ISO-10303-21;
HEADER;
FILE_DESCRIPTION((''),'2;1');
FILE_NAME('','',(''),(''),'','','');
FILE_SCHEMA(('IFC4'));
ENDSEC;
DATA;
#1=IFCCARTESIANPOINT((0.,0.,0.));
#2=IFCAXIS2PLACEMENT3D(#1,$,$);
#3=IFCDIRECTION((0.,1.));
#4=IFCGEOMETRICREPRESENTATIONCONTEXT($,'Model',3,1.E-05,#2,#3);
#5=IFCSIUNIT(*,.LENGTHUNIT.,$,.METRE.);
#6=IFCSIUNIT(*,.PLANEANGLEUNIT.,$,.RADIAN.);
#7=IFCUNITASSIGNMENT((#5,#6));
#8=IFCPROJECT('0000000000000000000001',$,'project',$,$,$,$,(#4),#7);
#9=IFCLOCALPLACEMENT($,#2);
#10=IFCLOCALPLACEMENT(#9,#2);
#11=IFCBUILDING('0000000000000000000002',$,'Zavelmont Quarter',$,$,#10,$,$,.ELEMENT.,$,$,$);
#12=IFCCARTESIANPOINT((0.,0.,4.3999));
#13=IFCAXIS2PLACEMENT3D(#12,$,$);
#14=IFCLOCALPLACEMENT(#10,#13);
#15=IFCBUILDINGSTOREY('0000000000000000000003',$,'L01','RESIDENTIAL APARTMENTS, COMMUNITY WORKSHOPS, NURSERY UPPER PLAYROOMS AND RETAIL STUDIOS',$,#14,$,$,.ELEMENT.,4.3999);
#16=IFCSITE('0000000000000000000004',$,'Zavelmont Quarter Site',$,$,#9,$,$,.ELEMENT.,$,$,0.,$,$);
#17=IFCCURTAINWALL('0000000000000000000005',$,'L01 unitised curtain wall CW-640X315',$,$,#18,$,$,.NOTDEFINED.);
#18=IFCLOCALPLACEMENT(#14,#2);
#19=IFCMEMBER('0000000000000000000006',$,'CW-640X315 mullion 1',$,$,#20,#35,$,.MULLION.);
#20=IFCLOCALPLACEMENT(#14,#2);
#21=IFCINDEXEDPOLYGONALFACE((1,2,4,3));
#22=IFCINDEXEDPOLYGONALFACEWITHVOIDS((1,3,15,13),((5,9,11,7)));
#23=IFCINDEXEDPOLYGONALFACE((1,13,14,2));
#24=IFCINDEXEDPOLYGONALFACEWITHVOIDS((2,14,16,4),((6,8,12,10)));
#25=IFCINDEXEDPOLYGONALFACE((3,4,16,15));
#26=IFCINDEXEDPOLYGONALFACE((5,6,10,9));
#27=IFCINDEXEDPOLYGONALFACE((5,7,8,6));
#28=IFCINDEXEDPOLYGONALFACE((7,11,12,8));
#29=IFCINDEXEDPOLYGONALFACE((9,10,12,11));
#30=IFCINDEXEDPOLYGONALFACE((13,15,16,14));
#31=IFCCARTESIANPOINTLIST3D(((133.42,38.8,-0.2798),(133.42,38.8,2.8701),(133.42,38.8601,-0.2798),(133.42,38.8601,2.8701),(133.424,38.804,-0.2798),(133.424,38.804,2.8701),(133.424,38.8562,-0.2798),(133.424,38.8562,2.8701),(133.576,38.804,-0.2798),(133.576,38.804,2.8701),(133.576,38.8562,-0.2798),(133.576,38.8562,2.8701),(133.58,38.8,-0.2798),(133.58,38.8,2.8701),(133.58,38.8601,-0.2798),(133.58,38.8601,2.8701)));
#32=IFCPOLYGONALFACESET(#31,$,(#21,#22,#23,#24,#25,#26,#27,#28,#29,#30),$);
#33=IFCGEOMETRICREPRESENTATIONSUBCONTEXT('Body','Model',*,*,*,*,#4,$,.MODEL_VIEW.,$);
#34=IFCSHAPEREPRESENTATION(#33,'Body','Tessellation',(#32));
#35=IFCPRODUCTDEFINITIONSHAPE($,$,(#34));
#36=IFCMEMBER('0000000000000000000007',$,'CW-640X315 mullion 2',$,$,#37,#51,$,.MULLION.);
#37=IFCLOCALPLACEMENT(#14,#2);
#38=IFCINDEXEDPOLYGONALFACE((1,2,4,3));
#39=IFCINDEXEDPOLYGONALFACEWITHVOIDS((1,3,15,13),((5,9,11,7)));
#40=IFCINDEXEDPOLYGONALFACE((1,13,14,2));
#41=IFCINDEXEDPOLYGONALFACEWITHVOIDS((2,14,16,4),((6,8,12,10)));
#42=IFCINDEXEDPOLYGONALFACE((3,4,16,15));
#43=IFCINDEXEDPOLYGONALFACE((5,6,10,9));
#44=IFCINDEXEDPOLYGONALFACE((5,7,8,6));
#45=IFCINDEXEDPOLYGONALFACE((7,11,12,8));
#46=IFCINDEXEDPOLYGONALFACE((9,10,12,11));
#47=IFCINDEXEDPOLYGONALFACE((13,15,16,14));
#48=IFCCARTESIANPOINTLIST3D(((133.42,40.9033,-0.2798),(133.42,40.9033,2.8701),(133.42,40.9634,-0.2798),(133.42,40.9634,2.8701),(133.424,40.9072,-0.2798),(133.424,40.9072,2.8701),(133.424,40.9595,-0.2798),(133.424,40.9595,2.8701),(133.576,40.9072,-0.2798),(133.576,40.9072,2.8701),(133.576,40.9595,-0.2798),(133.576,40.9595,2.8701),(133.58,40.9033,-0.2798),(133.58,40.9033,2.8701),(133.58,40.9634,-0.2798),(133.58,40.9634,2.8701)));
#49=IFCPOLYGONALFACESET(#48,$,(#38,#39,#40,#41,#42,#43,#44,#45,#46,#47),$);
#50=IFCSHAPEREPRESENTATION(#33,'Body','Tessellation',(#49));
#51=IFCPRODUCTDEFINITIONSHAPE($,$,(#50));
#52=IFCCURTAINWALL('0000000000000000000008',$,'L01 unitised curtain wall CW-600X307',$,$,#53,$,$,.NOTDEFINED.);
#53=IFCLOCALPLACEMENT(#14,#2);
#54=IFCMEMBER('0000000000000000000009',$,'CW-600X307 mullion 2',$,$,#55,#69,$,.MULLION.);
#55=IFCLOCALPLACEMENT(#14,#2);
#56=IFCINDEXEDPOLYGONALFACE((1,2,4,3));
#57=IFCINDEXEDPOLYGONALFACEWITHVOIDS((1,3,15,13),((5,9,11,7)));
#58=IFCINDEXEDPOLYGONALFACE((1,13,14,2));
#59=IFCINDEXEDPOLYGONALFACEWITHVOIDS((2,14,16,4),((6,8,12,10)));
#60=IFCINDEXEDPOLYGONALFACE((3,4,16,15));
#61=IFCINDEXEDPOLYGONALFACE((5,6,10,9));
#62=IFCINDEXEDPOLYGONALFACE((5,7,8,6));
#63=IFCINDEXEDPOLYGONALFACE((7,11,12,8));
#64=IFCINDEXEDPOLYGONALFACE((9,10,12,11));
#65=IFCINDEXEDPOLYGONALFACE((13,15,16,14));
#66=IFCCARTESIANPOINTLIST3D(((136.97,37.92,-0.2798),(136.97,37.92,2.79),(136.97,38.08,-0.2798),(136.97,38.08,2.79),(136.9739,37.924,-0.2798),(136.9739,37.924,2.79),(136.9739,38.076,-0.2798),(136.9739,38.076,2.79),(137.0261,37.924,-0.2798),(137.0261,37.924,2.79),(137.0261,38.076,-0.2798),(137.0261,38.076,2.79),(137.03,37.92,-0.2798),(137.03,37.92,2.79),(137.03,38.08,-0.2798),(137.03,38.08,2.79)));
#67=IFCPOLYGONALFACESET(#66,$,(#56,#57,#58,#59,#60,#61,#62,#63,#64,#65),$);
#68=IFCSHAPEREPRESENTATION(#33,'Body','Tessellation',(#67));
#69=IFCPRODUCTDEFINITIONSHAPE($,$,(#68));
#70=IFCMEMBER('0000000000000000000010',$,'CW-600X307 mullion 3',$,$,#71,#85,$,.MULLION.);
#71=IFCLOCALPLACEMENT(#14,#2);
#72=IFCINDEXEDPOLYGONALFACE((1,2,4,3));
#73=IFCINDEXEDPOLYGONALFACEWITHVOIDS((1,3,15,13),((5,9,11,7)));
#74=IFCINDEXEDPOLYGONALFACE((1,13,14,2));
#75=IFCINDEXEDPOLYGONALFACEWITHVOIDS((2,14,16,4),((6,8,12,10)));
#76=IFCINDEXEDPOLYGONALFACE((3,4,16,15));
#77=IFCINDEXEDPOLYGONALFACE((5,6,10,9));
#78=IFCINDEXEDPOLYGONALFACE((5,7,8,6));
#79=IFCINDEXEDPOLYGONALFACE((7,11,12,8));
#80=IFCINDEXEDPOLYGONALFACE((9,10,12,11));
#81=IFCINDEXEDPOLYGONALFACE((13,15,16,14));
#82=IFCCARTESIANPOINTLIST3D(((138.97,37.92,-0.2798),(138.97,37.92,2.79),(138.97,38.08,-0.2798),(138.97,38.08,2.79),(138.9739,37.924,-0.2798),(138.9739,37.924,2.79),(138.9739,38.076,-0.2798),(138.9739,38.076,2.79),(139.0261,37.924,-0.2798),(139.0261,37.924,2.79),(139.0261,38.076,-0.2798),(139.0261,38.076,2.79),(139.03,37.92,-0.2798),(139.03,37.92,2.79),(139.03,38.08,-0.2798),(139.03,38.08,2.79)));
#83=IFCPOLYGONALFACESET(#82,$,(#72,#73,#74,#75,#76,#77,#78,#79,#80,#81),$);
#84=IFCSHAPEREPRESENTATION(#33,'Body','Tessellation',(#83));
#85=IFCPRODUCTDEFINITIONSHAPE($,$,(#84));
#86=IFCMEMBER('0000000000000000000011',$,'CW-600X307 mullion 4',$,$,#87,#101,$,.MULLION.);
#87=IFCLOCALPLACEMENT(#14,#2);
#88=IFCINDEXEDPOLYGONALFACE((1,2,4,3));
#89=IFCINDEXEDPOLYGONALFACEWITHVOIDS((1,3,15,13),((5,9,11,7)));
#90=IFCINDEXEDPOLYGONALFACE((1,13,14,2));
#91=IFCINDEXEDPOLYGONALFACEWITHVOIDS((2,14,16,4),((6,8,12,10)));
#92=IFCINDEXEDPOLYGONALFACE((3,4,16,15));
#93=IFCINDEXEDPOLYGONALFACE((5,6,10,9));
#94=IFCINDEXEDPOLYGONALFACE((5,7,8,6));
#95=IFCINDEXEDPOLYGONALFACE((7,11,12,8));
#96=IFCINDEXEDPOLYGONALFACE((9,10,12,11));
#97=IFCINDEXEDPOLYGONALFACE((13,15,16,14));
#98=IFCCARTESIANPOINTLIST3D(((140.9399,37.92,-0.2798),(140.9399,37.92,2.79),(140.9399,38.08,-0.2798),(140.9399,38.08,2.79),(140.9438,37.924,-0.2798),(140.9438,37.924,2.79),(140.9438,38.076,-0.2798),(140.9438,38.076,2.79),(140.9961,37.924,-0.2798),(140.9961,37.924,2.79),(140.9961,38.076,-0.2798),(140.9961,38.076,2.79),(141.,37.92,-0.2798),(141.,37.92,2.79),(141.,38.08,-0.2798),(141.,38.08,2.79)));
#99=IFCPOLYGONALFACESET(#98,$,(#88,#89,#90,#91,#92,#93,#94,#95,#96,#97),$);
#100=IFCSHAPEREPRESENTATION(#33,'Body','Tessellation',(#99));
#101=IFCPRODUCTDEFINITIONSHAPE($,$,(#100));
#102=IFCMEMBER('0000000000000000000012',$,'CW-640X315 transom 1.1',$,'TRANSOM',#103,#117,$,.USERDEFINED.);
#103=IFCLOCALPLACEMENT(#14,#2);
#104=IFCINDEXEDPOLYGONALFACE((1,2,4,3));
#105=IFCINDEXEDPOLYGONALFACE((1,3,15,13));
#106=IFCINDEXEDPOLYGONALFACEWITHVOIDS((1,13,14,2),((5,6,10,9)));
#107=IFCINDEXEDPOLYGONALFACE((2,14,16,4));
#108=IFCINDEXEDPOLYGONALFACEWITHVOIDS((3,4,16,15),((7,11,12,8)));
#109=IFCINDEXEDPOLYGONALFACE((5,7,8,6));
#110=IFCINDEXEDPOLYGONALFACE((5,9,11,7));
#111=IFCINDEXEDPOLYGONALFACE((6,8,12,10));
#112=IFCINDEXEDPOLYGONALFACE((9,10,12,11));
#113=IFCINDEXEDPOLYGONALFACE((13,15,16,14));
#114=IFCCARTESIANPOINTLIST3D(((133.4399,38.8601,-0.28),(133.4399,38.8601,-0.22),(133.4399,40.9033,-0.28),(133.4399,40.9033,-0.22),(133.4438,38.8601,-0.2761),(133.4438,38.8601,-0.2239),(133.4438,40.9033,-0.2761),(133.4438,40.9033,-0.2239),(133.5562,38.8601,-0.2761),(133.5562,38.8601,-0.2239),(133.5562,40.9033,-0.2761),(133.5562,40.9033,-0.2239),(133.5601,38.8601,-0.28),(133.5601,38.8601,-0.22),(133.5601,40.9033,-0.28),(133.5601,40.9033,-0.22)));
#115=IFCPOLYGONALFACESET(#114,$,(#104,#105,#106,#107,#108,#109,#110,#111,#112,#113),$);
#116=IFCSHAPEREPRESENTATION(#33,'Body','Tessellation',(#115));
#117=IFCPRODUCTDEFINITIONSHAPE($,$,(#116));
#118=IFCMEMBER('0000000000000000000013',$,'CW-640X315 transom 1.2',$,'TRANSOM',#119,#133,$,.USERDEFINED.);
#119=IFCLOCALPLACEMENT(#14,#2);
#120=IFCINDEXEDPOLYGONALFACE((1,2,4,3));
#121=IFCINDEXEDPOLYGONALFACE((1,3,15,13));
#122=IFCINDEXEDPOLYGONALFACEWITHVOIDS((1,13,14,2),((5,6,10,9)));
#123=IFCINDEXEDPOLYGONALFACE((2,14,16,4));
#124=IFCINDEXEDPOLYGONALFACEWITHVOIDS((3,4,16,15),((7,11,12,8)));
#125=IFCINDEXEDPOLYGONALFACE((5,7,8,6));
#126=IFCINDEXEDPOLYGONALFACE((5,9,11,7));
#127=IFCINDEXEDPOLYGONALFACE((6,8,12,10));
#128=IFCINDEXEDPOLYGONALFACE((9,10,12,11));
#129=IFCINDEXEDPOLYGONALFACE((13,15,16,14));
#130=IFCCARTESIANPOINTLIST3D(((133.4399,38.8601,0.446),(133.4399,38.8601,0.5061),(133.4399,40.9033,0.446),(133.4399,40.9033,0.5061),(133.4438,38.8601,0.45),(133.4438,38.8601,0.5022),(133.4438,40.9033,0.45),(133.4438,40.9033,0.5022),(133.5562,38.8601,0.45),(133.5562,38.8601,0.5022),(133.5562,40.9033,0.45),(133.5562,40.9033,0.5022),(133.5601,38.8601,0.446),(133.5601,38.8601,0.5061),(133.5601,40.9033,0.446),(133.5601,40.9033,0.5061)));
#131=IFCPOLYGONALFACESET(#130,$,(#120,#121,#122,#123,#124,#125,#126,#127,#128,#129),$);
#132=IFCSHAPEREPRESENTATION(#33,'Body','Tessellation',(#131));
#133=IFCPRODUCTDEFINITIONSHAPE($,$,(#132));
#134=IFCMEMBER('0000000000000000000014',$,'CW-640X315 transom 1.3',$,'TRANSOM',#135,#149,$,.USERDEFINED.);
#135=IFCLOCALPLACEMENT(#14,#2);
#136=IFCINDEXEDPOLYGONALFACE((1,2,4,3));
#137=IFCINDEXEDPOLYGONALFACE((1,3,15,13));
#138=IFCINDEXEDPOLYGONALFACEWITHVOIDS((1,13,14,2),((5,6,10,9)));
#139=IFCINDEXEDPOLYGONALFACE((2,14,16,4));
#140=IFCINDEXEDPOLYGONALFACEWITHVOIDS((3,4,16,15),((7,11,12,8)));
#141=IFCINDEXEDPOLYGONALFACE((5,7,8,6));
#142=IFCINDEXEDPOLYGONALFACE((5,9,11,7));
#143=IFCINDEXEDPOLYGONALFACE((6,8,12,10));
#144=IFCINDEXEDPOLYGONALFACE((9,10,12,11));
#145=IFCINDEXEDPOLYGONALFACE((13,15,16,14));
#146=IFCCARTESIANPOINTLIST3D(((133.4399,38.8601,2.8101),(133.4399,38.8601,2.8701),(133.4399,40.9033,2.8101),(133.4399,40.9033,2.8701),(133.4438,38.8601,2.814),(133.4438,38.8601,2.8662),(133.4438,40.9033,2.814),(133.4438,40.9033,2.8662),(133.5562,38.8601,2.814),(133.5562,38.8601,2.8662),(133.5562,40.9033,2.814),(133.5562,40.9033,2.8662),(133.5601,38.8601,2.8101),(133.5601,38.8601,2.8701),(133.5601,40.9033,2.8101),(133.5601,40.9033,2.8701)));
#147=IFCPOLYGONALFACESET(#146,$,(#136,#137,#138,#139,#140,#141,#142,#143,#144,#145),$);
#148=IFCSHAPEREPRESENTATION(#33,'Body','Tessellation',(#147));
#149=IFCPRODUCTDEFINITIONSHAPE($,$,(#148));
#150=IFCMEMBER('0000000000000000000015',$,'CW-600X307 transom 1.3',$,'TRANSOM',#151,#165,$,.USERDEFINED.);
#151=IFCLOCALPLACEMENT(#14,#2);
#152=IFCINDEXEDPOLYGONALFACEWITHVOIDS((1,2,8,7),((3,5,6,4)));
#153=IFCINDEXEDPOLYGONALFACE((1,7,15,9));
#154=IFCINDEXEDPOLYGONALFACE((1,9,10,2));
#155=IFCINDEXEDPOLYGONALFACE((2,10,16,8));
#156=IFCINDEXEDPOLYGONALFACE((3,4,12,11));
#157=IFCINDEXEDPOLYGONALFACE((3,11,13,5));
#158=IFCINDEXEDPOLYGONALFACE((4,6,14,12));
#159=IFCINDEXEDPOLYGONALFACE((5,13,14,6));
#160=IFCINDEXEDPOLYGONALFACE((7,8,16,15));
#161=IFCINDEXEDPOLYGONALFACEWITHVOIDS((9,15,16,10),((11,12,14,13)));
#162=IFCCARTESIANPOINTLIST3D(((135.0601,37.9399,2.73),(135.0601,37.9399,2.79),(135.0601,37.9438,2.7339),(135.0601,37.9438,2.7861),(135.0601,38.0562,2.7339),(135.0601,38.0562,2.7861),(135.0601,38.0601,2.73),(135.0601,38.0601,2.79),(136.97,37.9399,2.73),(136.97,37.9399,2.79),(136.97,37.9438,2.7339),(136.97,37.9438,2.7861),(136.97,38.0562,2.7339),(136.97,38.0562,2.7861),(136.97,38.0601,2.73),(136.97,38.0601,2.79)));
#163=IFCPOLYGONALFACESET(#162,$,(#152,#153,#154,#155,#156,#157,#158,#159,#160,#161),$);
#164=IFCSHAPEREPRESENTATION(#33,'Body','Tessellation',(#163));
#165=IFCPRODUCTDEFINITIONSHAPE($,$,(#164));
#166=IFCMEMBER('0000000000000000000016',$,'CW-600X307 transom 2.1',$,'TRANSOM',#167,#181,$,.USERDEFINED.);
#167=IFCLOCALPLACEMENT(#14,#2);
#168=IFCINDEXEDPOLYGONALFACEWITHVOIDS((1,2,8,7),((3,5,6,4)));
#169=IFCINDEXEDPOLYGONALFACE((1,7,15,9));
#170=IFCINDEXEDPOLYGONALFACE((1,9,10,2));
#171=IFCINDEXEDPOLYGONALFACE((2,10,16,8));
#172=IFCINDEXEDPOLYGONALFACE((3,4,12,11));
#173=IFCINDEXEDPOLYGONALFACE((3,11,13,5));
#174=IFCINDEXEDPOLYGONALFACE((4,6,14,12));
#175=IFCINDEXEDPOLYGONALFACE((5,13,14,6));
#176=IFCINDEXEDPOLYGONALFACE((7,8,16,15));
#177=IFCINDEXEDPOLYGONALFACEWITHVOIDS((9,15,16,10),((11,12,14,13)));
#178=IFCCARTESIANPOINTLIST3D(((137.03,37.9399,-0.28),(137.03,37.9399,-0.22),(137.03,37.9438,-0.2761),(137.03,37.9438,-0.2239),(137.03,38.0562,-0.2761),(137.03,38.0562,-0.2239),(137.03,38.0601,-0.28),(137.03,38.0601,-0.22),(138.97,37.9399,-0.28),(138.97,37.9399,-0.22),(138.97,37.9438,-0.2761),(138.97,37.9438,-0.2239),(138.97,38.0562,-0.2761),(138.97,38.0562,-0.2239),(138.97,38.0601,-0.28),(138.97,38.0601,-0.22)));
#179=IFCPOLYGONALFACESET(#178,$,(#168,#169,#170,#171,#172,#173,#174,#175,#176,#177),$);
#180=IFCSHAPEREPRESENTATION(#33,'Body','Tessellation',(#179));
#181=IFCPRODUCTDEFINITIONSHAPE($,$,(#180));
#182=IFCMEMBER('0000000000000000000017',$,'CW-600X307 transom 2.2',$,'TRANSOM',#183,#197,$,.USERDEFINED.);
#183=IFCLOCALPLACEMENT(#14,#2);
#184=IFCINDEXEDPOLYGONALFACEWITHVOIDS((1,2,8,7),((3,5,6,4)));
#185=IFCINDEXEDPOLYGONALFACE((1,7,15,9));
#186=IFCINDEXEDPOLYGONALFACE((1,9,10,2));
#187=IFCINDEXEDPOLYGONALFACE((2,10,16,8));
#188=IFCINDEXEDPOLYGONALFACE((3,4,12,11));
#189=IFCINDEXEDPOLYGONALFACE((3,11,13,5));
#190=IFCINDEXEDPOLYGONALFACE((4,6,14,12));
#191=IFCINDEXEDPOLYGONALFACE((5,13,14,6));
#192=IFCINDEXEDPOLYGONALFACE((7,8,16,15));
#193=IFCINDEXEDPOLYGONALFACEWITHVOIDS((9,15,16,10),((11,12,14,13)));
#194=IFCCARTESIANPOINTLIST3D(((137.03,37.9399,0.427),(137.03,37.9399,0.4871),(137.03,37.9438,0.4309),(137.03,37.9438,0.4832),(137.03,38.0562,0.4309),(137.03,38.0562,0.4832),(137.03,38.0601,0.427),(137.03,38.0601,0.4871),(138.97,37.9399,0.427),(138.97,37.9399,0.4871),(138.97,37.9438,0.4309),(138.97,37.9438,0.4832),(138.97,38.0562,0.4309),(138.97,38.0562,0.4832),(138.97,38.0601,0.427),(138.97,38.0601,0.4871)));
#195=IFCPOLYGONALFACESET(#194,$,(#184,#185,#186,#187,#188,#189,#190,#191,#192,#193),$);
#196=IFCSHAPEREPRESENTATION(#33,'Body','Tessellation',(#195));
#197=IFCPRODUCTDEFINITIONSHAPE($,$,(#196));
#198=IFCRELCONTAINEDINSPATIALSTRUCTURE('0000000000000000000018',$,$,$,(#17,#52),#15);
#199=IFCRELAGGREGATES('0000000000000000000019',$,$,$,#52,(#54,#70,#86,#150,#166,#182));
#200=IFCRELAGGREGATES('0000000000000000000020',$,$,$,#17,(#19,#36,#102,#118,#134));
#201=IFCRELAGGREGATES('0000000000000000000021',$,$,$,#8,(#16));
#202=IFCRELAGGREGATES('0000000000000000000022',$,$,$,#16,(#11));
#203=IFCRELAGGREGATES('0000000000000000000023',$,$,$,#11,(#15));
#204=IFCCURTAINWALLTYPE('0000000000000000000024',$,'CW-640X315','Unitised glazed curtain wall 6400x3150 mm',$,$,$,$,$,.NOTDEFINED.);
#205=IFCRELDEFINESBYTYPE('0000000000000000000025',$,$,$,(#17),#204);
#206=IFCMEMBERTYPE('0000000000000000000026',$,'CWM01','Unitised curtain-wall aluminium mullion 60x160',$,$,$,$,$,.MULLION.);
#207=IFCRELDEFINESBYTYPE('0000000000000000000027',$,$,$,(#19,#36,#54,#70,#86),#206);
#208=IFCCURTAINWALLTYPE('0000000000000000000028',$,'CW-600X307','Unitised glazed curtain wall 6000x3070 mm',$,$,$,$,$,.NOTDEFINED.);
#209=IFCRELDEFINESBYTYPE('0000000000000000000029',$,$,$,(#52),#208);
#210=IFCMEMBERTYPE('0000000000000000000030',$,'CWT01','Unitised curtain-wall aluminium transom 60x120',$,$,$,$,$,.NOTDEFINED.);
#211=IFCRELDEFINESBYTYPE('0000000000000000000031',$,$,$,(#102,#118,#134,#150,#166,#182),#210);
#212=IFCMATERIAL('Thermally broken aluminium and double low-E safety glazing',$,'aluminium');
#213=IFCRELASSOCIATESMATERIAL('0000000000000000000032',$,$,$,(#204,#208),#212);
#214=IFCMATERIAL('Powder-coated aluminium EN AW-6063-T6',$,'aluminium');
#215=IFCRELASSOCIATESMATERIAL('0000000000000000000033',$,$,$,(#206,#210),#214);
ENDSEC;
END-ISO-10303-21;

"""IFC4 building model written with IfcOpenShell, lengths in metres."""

from ifc_helpers import new_model, si_unit, direction, frame, origin, origin_2d, place, context, subcontext, project, spatial, hollow_rectangle, extrude, material, material_profile, profile_set, type_object, element, aggregate, save


model = new_model("IFC4")

# Units and contexts
model_context = context("Model", 3, precision=1e-05, world=origin(), true_north=direction((0.0, 1.0)))
body_context = subcontext(model_context, "Body", "Model", "MODEL_VIEW")
ifc_project = project(units=[si_unit("LENGTHUNIT", "METRE"), si_unit("PLANEANGLEUNIT", "RADIAN")], contexts=[model_context])

# Site, building, storey
site_placement = place(None, origin())
site = spatial("IfcSite", under=ifc_project, at=site_placement, Name="Zavelmont Quarter Site", CompositionType="ELEMENT", RefElevation=0.0)
building_placement = place(site_placement, origin())
building = spatial("IfcBuilding", under=site, at=building_placement, Name="Zavelmont Quarter", CompositionType="ELEMENT")
storey_placement = place(building_placement, frame((0.0, 0.0, 4.3999)))
storey = spatial("IfcBuildingStorey", under=building, at=storey_placement, Name="L01", Description="RESIDENTIAL APARTMENTS, COMMUNITY WORKSHOPS, NURSERY UPPER PLAYROOMS AND RETAIL STUDIOS", CompositionType="ELEMENT", Elevation=4.3999)

# Curtain walls, members
ifc_material_1 = material(Name="Thermally broken aluminium and double low-E safety glazing", Category="aluminium")
curtain_wall_type_1 = type_object("IfcCurtainWallType", Name="CW-640X315", Description="Unitised glazed curtain wall 6400x3150 mm", PredefinedType="NOTDEFINED", material=ifc_material_1)
curtain_wall_1_placement = place(storey_placement, origin())
curtain_wall_1 = element("IfcCurtainWall", 1, at=curtain_wall_1_placement, inside=storey, type_object=curtain_wall_type_1, Name="L01 unitised curtain wall CW-640X315", PredefinedType="NOTDEFINED")
ifc_material_2 = material(Name="Powder-coated aluminium EN AW-6063-T6", Category="aluminium")
ifc_material_profile_1 = material_profile(ifc_material_2, hollow_rectangle(XDim=0.0601, YDim=0.1599, WallThickness=0.0039, at=origin_2d()), Name="CWM60X160")
ifc_profile_set_1 = profile_set([ifc_material_profile_1], Name="Powder-coated aluminium EN AW-6063-T6")
member_type_1 = type_object("IfcMemberType", Name="CWM01", Description="Unitised curtain-wall aluminium mullion 60x160", PredefinedType="MULLION", material=ifc_profile_set_1)
member_1_placement = place(storey_placement, frame((133.5, 38.8301, -0.2798), z_axis=(0.0, 0.0, 1.0), x_axis=(0.0, 1.0, 0.0)))
member_1 = element("IfcMember", 2, at=member_1_placement, type_object=member_type_1, Name="CW-640X315 mullion 1", PredefinedType="MULLION", context=body_context, shape_type="SweptSolid", body=[
    extrude(hollow_rectangle(XDim=0.0601, YDim=0.1599, WallThickness=0.0039, at=origin_2d()), origin(), (0.0, 0.0, 1.0), 3.1499),
])
member_2_placement = place(storey_placement, frame((133.5, 40.9333, -0.2798), z_axis=(0.0, 0.0, 1.0), x_axis=(0.0, 1.0, 0.0)))
member_2 = element("IfcMember", 3, at=member_2_placement, type_object=member_type_1, Name="CW-640X315 mullion 2", PredefinedType="MULLION", context=body_context, shape_type="SweptSolid", body=[
    extrude(hollow_rectangle(XDim=0.0601, YDim=0.1599, WallThickness=0.0039, at=origin_2d()), origin(), (0.0, 0.0, 1.0), 3.1499),
])
curtain_wall_type_2 = type_object("IfcCurtainWallType", Name="CW-600X307", Description="Unitised glazed curtain wall 6000x3070 mm", PredefinedType="NOTDEFINED", material=ifc_material_1)
curtain_wall_2_placement = place(storey_placement, origin())
curtain_wall_2 = element("IfcCurtainWall", 4, at=curtain_wall_2_placement, inside=storey, type_object=curtain_wall_type_2, Name="L01 unitised curtain wall CW-600X307", PredefinedType="NOTDEFINED")
member_3_placement = place(storey_placement, frame((137.0, 38.0, -0.2798), z_axis=(0.0, 0.0, 1.0), x_axis=(1.0, 0.0, 0.0)))
member_3 = element("IfcMember", 5, at=member_3_placement, type_object=member_type_1, Name="CW-600X307 mullion 2", PredefinedType="MULLION", context=body_context, shape_type="SweptSolid", body=[
    extrude(hollow_rectangle(XDim=0.0601, YDim=0.1599, WallThickness=0.0039, at=origin_2d()), origin(), (0.0, 0.0, 1.0), 3.0698),
])
member_4_placement = place(storey_placement, frame((139.0, 38.0, -0.2798), z_axis=(0.0, 0.0, 1.0), x_axis=(1.0, 0.0, 0.0)))
member_4 = element("IfcMember", 6, at=member_4_placement, type_object=member_type_1, Name="CW-600X307 mullion 3", PredefinedType="MULLION", context=body_context, shape_type="SweptSolid", body=[
    extrude(hollow_rectangle(XDim=0.0601, YDim=0.1599, WallThickness=0.0039, at=origin_2d()), origin(), (0.0, 0.0, 1.0), 3.0698),
])
member_5_placement = place(storey_placement, frame((140.97, 38.0, -0.2798), z_axis=(0.0, 0.0, 1.0), x_axis=(1.0, 0.0, 0.0)))
member_5 = element("IfcMember", 7, at=member_5_placement, type_object=member_type_1, Name="CW-600X307 mullion 4", PredefinedType="MULLION", context=body_context, shape_type="SweptSolid", body=[
    extrude(hollow_rectangle(XDim=0.0601, YDim=0.1599, WallThickness=0.0039, at=origin_2d()), origin(), (0.0, 0.0, 1.0), 3.0698),
])

# Members
ifc_material_profile_2 = material_profile(ifc_material_2, hollow_rectangle(XDim=0.1201, YDim=0.0601, WallThickness=0.0039, at=origin_2d()), Name="CWT60X120")
ifc_profile_set_2 = profile_set([ifc_material_profile_2], Name="Powder-coated aluminium EN AW-6063-T6")
member_type_2 = type_object("IfcMemberType", Name="CWT01", Description="Unitised curtain-wall aluminium transom 60x120", PredefinedType="NOTDEFINED", material=ifc_profile_set_2)
member_6_placement = place(storey_placement, frame((133.5, 38.8601, -0.25), z_axis=(0.0, 1.0, 0.0), x_axis=(-1.0, 0.0, 0.0)))
member_6 = element("IfcMember", 8, at=member_6_placement, type_object=member_type_2, Name="CW-640X315 transom 1.1", ObjectType="TRANSOM", PredefinedType="USERDEFINED", context=body_context, shape_type="SweptSolid", body=[
    extrude(hollow_rectangle(XDim=0.1201, YDim=0.0601, WallThickness=0.0039, at=origin_2d()), origin(), (0.0, 0.0, 1.0), 2.0432),
])
member_7_placement = place(storey_placement, frame((133.5, 38.8601, 0.4761), z_axis=(0.0, 1.0, 0.0), x_axis=(-1.0, 0.0, 0.0)))
member_7 = element("IfcMember", 9, at=member_7_placement, type_object=member_type_2, Name="CW-640X315 transom 1.2", ObjectType="TRANSOM", PredefinedType="USERDEFINED", context=body_context, shape_type="SweptSolid", body=[
    extrude(hollow_rectangle(XDim=0.1201, YDim=0.0601, WallThickness=0.0039, at=origin_2d()), origin(), (0.0, 0.0, 1.0), 2.0432),
])
member_8_placement = place(storey_placement, frame((133.5, 38.8601, 2.8401), z_axis=(0.0, 1.0, 0.0), x_axis=(-1.0, 0.0, 0.0)))
member_8 = element("IfcMember", 10, at=member_8_placement, type_object=member_type_2, Name="CW-640X315 transom 1.3", ObjectType="TRANSOM", PredefinedType="USERDEFINED", context=body_context, shape_type="SweptSolid", body=[
    extrude(hollow_rectangle(XDim=0.1201, YDim=0.0601, WallThickness=0.0039, at=origin_2d()), origin(), (0.0, 0.0, 1.0), 2.0432),
])
member_9_placement = place(storey_placement, frame((135.0601, 38.0, 2.76), z_axis=(1.0, 0.0, 0.0), x_axis=(0.0, 1.0, 0.0)))
member_9 = element("IfcMember", 11, at=member_9_placement, type_object=member_type_2, Name="CW-600X307 transom 1.3", ObjectType="TRANSOM", PredefinedType="USERDEFINED", context=body_context, shape_type="SweptSolid", body=[
    extrude(hollow_rectangle(XDim=0.1201, YDim=0.0601, WallThickness=0.0039, at=origin_2d()), origin(), (0.0, 0.0, 1.0), 1.9099),
])
member_10_placement = place(storey_placement, frame((137.03, 38.0, -0.25), z_axis=(1.0, 0.0, 0.0), x_axis=(0.0, 1.0, 0.0)))
member_10 = element("IfcMember", 12, at=member_10_placement, type_object=member_type_2, Name="CW-600X307 transom 2.1", ObjectType="TRANSOM", PredefinedType="USERDEFINED", context=body_context, shape_type="SweptSolid", body=[
    extrude(hollow_rectangle(XDim=0.1201, YDim=0.0601, WallThickness=0.0039, at=origin_2d()), origin(), (0.0, 0.0, 1.0), 1.9399),
])
member_11_placement = place(storey_placement, frame((137.03, 38.0, 0.457), z_axis=(1.0, 0.0, 0.0), x_axis=(0.0, 1.0, 0.0)))
member_11 = element("IfcMember", 13, at=member_11_placement, type_object=member_type_2, Name="CW-600X307 transom 2.2", ObjectType="TRANSOM", PredefinedType="USERDEFINED", context=body_context, shape_type="SweptSolid", body=[
    extrude(hollow_rectangle(XDim=0.1201, YDim=0.0601, WallThickness=0.0039, at=origin_2d()), origin(), (0.0, 0.0, 1.0), 1.9399),
])

aggregate(curtain_wall_2, [member_3, member_4, member_5, member_9, member_10, member_11])
aggregate(curtain_wall_1, [member_1, member_2, member_6, member_7, member_8])

save(model, "model.ifc")
